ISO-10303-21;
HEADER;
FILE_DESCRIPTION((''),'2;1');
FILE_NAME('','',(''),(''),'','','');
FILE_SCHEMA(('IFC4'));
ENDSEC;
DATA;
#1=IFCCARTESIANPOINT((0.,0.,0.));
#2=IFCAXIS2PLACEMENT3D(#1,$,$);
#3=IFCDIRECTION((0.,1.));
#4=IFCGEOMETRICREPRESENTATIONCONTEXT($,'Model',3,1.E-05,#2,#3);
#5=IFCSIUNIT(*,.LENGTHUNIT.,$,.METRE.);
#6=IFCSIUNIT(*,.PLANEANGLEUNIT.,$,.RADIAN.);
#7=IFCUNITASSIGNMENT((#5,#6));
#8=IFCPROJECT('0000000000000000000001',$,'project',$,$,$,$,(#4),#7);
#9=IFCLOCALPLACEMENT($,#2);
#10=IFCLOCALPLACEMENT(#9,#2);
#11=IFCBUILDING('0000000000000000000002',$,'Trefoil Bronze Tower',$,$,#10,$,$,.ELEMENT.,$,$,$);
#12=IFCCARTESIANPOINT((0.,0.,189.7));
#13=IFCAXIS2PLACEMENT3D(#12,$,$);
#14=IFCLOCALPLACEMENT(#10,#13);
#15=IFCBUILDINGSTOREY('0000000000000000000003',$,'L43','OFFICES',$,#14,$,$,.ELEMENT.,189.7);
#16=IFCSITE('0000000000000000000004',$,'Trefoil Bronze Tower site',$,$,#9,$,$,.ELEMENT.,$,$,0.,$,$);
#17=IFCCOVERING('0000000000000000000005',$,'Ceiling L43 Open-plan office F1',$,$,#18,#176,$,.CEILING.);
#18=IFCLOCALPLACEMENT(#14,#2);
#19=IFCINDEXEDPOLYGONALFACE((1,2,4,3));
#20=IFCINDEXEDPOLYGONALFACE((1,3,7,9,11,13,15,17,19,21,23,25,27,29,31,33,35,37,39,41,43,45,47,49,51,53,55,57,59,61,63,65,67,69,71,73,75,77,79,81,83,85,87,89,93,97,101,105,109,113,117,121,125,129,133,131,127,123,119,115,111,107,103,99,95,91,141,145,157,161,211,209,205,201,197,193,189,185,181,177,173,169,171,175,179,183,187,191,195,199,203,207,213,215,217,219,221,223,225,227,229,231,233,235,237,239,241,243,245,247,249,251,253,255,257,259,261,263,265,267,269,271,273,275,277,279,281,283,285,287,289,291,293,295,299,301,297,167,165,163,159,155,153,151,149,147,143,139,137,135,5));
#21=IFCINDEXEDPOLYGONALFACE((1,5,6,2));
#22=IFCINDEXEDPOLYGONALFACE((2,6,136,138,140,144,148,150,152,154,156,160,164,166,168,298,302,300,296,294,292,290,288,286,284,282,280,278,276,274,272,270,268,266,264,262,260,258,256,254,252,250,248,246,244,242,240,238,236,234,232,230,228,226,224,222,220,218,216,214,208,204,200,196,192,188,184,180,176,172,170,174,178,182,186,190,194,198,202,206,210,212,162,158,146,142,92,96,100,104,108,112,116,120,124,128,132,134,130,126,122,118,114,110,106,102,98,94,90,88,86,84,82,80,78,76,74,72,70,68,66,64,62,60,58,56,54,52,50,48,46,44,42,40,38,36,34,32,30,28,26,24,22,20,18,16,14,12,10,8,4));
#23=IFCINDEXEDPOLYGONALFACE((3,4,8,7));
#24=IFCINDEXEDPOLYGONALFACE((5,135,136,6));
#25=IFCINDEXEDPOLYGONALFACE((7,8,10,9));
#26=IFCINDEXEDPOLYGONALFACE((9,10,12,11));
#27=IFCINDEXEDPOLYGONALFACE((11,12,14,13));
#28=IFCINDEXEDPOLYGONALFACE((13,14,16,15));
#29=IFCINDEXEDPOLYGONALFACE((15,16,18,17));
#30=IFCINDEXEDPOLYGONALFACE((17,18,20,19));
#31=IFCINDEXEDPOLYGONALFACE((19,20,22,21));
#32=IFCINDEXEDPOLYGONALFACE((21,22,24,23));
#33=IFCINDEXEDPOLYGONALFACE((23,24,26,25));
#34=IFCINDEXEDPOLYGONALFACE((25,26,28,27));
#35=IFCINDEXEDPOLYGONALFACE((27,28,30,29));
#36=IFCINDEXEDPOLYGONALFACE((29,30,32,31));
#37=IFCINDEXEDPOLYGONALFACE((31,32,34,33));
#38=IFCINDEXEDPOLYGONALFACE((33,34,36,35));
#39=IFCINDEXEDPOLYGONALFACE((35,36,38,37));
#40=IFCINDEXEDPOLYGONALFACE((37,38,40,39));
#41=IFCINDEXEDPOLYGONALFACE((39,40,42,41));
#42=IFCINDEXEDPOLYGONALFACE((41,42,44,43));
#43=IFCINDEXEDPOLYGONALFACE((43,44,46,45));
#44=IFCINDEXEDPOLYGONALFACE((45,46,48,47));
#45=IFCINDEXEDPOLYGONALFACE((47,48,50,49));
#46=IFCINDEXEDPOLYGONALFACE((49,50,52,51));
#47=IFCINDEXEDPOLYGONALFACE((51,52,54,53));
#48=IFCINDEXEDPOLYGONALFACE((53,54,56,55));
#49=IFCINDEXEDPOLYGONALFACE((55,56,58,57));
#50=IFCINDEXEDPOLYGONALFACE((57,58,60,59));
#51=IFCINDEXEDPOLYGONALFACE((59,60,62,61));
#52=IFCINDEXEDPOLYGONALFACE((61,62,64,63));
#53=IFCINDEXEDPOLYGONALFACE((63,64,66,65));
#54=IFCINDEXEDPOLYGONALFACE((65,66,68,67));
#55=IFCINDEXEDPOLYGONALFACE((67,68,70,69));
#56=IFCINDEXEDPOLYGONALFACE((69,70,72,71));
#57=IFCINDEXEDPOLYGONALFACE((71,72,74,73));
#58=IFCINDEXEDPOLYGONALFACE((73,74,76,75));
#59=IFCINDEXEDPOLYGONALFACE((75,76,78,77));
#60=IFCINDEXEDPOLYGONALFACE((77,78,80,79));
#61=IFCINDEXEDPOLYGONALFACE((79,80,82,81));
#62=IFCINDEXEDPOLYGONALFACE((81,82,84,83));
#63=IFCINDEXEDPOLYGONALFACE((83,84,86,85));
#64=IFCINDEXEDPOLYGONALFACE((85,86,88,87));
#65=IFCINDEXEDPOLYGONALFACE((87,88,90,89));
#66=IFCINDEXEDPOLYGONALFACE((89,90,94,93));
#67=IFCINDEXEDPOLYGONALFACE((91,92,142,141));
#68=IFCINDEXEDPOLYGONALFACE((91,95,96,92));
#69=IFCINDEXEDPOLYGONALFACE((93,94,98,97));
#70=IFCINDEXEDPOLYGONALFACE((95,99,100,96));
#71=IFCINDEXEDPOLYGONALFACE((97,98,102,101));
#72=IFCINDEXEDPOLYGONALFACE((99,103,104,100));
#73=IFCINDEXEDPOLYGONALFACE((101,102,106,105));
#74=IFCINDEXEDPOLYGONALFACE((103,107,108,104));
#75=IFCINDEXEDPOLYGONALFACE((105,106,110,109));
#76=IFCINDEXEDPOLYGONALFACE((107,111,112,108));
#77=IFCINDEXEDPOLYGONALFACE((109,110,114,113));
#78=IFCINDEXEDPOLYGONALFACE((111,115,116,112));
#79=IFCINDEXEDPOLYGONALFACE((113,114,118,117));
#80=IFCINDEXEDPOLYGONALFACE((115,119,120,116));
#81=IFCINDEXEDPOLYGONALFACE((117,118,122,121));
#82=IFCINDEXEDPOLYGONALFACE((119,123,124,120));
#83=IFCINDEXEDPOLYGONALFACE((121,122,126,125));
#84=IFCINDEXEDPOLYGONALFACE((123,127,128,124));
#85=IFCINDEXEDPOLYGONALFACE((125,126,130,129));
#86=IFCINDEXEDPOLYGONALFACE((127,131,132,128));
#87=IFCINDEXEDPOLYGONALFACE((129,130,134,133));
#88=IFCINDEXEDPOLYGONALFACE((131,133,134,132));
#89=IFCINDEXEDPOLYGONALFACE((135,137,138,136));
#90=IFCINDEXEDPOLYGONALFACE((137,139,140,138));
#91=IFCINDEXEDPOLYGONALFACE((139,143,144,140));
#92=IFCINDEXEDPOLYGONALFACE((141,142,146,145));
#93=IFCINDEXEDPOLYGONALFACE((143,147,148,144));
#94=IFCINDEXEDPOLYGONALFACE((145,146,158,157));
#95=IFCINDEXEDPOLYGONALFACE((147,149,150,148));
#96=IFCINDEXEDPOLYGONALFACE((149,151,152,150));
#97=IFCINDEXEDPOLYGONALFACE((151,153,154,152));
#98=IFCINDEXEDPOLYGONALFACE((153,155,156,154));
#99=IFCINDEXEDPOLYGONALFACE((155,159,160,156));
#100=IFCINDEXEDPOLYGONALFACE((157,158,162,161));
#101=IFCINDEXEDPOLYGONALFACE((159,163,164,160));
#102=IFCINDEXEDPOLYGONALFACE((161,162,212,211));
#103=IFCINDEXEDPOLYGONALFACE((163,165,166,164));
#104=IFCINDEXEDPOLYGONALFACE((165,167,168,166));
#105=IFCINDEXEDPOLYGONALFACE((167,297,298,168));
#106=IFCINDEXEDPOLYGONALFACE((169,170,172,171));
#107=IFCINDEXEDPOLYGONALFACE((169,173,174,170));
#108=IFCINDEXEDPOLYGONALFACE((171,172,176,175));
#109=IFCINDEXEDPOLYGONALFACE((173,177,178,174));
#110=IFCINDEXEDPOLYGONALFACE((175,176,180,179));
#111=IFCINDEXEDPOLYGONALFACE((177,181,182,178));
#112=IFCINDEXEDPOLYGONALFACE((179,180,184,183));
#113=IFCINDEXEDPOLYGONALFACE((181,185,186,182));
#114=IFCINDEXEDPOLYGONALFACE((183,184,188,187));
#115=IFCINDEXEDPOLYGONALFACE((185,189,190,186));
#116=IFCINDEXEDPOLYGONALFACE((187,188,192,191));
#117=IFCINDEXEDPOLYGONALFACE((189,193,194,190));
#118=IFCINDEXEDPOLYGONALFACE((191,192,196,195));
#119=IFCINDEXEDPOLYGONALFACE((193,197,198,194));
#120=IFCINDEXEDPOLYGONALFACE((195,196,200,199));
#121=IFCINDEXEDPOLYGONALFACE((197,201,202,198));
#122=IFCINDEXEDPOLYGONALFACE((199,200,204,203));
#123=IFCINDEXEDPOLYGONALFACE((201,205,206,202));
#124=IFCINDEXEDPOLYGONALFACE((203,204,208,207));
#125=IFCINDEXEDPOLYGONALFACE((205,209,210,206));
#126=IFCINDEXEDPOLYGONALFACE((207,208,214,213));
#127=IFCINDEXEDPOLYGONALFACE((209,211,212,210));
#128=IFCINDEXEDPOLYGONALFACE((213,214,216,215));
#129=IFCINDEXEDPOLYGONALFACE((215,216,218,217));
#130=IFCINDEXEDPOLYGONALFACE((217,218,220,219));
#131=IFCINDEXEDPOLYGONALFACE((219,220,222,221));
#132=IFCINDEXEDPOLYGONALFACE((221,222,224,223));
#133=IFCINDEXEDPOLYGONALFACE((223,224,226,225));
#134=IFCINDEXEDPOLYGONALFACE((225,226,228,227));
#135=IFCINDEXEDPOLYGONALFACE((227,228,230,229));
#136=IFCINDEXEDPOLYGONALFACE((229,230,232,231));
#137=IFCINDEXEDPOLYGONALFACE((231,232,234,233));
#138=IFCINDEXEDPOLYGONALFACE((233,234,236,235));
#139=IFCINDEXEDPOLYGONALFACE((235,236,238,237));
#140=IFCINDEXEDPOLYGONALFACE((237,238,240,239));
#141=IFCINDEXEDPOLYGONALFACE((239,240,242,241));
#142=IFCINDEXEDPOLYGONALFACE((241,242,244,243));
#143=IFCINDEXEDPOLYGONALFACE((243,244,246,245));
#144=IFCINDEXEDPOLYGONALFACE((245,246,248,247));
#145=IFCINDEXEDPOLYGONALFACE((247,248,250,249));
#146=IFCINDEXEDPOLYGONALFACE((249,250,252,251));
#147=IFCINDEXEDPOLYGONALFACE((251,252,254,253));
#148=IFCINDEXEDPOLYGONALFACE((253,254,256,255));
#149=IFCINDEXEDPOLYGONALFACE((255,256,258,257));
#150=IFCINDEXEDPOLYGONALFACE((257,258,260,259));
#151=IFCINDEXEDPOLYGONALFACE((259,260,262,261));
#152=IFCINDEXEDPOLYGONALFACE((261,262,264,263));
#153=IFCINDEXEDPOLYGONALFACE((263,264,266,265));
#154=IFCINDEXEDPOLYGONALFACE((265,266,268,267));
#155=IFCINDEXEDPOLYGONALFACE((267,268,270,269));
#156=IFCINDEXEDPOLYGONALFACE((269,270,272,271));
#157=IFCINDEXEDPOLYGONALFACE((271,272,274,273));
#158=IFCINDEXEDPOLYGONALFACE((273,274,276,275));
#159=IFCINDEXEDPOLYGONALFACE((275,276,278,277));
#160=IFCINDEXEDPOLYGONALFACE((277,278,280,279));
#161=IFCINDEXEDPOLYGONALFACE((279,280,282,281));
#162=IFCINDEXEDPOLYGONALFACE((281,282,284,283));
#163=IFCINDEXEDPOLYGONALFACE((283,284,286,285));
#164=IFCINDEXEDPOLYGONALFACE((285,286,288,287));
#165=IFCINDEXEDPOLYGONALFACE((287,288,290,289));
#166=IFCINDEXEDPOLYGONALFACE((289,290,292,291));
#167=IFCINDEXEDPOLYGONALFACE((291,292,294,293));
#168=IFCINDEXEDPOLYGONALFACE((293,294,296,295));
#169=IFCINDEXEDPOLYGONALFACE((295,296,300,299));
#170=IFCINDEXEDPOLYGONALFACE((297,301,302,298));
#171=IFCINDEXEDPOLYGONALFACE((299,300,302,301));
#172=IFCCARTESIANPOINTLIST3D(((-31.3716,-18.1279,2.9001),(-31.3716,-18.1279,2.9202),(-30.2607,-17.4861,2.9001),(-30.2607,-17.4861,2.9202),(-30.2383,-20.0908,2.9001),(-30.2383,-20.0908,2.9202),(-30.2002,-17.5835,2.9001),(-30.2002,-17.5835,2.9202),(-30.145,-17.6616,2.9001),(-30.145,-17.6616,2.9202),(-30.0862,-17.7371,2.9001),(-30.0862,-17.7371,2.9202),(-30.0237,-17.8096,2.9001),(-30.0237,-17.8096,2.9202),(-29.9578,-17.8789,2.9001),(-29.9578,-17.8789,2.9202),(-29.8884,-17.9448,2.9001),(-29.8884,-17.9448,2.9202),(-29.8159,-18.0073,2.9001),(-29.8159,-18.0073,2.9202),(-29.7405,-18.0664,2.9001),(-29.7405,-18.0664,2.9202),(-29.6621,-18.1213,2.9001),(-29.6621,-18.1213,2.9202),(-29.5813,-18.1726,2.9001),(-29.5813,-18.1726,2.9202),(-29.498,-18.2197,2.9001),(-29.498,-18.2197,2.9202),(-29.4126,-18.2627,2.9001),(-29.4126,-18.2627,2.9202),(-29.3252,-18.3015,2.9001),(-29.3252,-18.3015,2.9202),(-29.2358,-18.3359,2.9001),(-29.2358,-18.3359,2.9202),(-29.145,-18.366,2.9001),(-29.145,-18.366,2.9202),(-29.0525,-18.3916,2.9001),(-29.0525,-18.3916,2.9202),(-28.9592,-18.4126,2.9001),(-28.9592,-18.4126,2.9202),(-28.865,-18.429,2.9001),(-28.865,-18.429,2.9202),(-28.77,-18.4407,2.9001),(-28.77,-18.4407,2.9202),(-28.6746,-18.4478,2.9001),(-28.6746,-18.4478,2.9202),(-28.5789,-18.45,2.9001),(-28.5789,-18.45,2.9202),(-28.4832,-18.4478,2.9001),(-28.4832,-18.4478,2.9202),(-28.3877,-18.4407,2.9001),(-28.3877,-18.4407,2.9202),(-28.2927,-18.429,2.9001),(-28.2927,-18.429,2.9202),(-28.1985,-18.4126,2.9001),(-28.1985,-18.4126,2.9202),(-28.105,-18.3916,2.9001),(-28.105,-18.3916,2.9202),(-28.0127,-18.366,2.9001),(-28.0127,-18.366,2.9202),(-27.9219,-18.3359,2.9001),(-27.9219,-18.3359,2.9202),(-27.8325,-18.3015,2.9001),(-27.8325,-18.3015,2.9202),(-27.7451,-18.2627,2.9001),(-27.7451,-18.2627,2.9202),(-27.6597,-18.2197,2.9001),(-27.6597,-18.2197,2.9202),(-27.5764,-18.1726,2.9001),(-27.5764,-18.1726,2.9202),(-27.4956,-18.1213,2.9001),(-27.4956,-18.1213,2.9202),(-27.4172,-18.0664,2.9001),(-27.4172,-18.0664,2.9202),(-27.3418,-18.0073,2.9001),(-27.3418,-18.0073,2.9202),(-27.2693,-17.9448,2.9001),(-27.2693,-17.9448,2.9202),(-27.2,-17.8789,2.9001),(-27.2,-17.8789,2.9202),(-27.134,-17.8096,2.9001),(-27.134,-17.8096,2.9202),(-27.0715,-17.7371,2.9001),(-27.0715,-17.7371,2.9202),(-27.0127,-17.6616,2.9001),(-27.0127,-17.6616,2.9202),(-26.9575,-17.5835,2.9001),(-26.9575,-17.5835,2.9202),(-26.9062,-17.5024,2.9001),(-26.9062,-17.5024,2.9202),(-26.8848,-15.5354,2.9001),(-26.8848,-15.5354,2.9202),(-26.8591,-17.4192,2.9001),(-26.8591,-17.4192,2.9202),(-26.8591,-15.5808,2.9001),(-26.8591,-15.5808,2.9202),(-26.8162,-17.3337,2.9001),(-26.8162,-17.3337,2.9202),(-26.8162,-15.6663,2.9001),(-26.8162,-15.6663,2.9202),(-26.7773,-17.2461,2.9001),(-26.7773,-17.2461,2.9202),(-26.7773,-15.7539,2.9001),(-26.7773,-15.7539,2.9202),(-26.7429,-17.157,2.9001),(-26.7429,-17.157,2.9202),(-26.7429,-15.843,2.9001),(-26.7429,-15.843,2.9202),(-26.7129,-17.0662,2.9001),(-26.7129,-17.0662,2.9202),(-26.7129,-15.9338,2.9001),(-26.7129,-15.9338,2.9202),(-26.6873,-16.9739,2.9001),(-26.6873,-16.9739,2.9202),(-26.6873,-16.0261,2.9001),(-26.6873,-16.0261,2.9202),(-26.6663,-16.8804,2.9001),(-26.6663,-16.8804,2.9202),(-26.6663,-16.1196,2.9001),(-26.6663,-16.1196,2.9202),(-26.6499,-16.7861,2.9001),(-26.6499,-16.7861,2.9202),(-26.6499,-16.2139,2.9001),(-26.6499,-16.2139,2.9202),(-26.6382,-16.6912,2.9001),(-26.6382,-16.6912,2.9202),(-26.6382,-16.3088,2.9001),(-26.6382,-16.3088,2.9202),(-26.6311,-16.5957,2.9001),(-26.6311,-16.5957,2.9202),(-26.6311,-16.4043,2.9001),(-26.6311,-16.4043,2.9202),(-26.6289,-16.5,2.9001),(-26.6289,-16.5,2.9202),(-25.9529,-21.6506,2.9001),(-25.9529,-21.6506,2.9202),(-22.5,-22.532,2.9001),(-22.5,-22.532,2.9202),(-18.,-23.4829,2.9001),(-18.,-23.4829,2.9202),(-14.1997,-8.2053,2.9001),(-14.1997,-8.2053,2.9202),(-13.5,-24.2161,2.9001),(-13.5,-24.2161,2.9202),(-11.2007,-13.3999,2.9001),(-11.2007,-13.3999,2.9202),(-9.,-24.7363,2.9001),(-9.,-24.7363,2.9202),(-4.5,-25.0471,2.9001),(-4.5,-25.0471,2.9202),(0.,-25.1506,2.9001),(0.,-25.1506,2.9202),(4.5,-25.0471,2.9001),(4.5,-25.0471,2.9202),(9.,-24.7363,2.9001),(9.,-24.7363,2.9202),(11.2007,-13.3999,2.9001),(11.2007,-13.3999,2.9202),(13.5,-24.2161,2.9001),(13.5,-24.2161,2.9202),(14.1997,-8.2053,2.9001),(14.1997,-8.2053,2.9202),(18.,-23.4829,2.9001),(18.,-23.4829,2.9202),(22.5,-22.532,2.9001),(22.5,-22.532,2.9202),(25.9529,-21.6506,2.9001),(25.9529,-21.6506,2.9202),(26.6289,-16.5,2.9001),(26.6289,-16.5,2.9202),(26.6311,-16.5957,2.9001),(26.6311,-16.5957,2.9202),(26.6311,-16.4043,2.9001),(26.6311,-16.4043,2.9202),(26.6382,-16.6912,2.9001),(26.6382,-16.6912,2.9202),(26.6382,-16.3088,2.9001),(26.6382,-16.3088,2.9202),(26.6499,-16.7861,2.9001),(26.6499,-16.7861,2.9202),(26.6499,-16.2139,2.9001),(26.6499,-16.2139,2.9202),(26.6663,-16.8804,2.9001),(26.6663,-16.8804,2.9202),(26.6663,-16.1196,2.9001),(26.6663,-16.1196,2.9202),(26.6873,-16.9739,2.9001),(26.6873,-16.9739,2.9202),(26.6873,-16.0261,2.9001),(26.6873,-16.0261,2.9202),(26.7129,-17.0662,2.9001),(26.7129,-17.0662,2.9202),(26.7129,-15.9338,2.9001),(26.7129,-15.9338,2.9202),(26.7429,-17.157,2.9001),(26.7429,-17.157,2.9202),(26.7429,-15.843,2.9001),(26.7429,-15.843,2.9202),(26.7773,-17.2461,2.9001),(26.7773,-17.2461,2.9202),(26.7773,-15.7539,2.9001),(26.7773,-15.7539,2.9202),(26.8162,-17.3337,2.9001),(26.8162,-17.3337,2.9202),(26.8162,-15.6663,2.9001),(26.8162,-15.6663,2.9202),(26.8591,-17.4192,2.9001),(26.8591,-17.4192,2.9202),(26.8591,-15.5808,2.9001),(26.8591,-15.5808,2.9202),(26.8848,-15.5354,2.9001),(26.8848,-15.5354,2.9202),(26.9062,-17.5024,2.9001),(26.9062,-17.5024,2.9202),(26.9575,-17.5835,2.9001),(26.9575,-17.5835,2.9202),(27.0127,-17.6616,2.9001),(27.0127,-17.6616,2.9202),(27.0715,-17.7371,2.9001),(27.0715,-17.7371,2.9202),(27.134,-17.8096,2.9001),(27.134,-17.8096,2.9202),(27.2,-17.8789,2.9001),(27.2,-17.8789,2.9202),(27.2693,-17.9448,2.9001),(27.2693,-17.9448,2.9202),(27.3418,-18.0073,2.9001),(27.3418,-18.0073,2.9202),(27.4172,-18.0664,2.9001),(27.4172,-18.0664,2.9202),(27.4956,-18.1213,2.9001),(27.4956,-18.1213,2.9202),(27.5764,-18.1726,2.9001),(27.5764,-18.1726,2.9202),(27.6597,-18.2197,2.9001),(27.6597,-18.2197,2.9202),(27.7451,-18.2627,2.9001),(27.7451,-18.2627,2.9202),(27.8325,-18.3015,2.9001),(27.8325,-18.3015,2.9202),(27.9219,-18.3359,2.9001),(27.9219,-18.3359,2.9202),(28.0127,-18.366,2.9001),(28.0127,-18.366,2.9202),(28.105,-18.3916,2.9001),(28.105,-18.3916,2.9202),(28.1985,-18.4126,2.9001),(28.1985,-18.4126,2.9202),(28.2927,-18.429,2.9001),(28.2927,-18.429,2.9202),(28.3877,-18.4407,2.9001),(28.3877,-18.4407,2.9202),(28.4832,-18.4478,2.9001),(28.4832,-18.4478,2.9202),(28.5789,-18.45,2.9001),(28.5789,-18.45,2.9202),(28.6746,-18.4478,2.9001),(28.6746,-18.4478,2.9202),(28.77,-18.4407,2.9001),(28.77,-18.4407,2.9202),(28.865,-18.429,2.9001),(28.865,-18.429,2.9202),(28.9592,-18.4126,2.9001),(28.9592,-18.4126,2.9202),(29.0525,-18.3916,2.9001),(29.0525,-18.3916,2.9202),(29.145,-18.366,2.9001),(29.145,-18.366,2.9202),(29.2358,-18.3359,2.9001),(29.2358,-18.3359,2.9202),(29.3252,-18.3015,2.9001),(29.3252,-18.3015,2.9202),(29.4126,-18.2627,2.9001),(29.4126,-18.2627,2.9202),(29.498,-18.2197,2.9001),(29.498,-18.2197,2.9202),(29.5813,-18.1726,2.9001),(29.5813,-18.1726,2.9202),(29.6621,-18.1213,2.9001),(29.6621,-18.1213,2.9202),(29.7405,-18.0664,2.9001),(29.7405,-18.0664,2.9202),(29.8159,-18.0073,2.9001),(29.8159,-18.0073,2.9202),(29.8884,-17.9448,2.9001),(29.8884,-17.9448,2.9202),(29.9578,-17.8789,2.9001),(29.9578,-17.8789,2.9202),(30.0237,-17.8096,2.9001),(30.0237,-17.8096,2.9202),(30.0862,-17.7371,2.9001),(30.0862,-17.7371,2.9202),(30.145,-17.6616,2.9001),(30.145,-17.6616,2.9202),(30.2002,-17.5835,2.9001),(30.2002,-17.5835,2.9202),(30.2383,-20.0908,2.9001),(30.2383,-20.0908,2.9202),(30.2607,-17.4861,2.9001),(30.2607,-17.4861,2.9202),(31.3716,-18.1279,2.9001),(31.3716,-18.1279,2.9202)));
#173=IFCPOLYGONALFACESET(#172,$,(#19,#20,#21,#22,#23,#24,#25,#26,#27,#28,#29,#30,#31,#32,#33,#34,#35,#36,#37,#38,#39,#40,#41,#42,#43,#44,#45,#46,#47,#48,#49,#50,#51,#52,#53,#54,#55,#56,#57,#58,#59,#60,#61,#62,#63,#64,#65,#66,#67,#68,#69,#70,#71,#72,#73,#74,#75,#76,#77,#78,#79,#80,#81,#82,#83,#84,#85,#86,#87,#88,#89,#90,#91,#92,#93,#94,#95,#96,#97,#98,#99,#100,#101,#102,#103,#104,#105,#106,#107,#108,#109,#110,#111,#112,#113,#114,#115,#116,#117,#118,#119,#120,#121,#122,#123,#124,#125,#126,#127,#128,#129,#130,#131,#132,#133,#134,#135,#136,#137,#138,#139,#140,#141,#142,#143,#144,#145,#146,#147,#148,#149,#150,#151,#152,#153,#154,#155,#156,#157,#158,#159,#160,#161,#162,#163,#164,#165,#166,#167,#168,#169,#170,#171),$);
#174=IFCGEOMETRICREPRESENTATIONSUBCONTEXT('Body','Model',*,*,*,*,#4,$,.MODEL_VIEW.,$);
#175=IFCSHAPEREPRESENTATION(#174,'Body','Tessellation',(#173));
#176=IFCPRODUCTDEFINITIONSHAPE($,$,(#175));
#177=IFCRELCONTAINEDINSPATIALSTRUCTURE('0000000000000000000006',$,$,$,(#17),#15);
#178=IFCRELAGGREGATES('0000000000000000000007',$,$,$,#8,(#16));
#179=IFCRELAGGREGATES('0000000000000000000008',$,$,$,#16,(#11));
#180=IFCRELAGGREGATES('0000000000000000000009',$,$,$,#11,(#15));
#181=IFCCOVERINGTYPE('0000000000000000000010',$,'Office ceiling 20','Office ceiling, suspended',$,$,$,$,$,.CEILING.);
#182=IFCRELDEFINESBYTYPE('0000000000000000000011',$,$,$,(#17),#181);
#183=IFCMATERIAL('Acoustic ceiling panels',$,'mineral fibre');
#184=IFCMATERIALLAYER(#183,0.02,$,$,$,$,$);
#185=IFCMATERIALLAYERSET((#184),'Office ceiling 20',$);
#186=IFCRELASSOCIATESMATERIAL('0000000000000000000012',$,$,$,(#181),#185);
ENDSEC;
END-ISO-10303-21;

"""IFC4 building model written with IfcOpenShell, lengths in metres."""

from ifc_helpers import new_model, si_unit, direction, frame, origin, place, context, subcontext, project, spatial, polyline, outline, extrude, material, layer, layer_set, type_object, element, save


model = new_model("IFC4")

# Units and contexts
model_context = context("Model", 3, precision=1e-05, world=origin(), true_north=direction((0.0, 1.0)))
body_context = subcontext(model_context, "Body", "Model", "MODEL_VIEW")
ifc_project = project(units=[si_unit("LENGTHUNIT", "METRE"), si_unit("PLANEANGLEUNIT", "RADIAN")], contexts=[model_context])

# Site, building, storey
site_placement = place(None, origin())
site = spatial("IfcSite", under=ifc_project, at=site_placement, Name="Trefoil Bronze Tower site", CompositionType="ELEMENT", RefElevation=0.0)
building_placement = place(site_placement, origin())
building = spatial("IfcBuilding", under=site, at=building_placement, Name="Trefoil Bronze Tower", CompositionType="ELEMENT")
storey_placement = place(building_placement, frame((0.0, 0.0, 189.7)))
storey = spatial("IfcBuildingStorey", under=building, at=storey_placement, Name="L43", Description="OFFICES", CompositionType="ELEMENT", Elevation=189.7)

# Covering
ifc_material_1 = material(Name="Acoustic ceiling panels", Category="mineral fibre")
ifc_layer_1 = layer(ifc_material_1, 0.02)
ifc_layer_set_1 = layer_set([ifc_layer_1], Name="Office ceiling 20")
covering_type_1 = type_object("IfcCoveringType", Name="Office ceiling 20", Description="Office ceiling, suspended", PredefinedType="CEILING", material=ifc_layer_set_1)
covering_1_placement = place(storey_placement, frame((0.0, 0.0, 2.9001)))
element("IfcCovering", 1, at=covering_1_placement, inside=storey, type_object=covering_type_1, Name="Ceiling L43 Open-plan office F1", PredefinedType="CEILING", context=body_context, shape_type="SweptSolid", body=[
    extrude(outline(polyline([(-30.2002, -17.5835), (-30.145, -17.6616), (-30.0862, -17.7371), (-30.0237, -17.8096), (-29.9578, -17.8789), (-29.8884, -17.9448), (-29.8159, -18.0073), (-29.7405, -18.0664), (-29.6621, -18.1213), (-29.5813, -18.1726), (-29.498, -18.2197), (-29.4126, -18.2627), (-29.3252, -18.3015), (-29.2358, -18.3359), (-29.145, -18.366), (-29.0525, -18.3916), (-28.9592, -18.4126), (-28.865, -18.429), (-28.77, -18.4407), (-28.6746, -18.4478), (-28.5789, -18.45), (-28.4832, -18.4478), (-28.3877, -18.4407), (-28.2927, -18.429), (-28.1985, -18.4126), (-28.105, -18.3916), (-28.0127, -18.366), (-27.9219, -18.3359), (-27.8325, -18.3015), (-27.7451, -18.2627), (-27.6597, -18.2197), (-27.5764, -18.1726), (-27.4956, -18.1213), (-27.4172, -18.0664), (-27.3418, -18.0073), (-27.2693, -17.9448), (-27.2, -17.8789), (-27.134, -17.8096), (-27.0715, -17.7371), (-27.0127, -17.6616), (-26.9575, -17.5835), (-26.9062, -17.5024), (-26.8591, -17.4192), (-26.8162, -17.3337), (-26.7773, -17.2461), (-26.7429, -17.157), (-26.7129, -17.0662), (-26.6873, -16.9739), (-26.6663, -16.8804), (-26.6499, -16.7861), (-26.6382, -16.6912), (-26.6311, -16.5957), (-26.6289, -16.5), (-26.6311, -16.4043), (-26.6382, -16.3088), (-26.6499, -16.2139), (-26.6663, -16.1196), (-26.6873, -16.0261), (-26.7129, -15.9338), (-26.7429, -15.843), (-26.7773, -15.7539), (-26.8162, -15.6663), (-26.8591, -15.5808), (-26.8848, -15.5354), (-14.1997, -8.2053), (-11.2007, -13.3999), (11.2007, -13.3999), (14.1997, -8.2053), (26.8848, -15.5354), (26.8591, -15.5808), (26.8162, -15.6663), (26.7773, -15.7539), (26.7429, -15.843), (26.7129, -15.9338), (26.6873, -16.0261), (26.6663, -16.1196), (26.6499, -16.2139), (26.6382, -16.3088), (26.6311, -16.4043), (26.6289, -16.5), (26.6311, -16.5957), (26.6382, -16.6912), (26.6499, -16.7861), (26.6663, -16.8804), (26.6873, -16.9739), (26.7129, -17.0662), (26.7429, -17.157), (26.7773, -17.2461), (26.8162, -17.3337), (26.8591, -17.4192), (26.9062, -17.5024), (26.9575, -17.5835), (27.0127, -17.6616), (27.0715, -17.7371), (27.134, -17.8096), (27.2, -17.8789), (27.2693, -17.9448), (27.3418, -18.0073), (27.4172, -18.0664), (27.4956, -18.1213), (27.5764, -18.1726), (27.6597, -18.2197), (27.7451, -18.2627), (27.8325, -18.3015), (27.9219, -18.3359), (28.0127, -18.366), (28.105, -18.3916), (28.1985, -18.4126), (28.2927, -18.429), (28.3877, -18.4407), (28.4832, -18.4478), (28.5789, -18.45), (28.6746, -18.4478), (28.77, -18.4407), (28.865, -18.429), (28.9592, -18.4126), (29.0525, -18.3916), (29.145, -18.366), (29.2358, -18.3359), (29.3252, -18.3015), (29.4126, -18.2627), (29.498, -18.2197), (29.5813, -18.1726), (29.6621, -18.1213), (29.7405, -18.0664), (29.8159, -18.0073), (29.8884, -17.9448), (29.9578, -17.8789), (30.0237, -17.8096), (30.0862, -17.7371), (30.145, -17.6616), (30.2002, -17.5835), (30.2607, -17.4861), (31.3716, -18.1279), (30.2383, -20.0908), (25.9529, -21.6506), (22.5, -22.532), (18.0, -23.4829), (13.5, -24.2161), (9.0, -24.7363), (4.5, -25.0471), (0.0, -25.1506), (-4.5, -25.0471), (-9.0, -24.7363), (-13.5, -24.2161), (-18.0, -23.4829), (-22.5, -22.532), (-25.9529, -21.6506), (-30.2383, -20.0908), (-31.3716, -18.1279), (-30.2607, -17.4861), (-30.2002, -17.5835)])), origin(), (0.0, 0.0, 1.0), 0.02),
])

save(model, "model.ifc")
